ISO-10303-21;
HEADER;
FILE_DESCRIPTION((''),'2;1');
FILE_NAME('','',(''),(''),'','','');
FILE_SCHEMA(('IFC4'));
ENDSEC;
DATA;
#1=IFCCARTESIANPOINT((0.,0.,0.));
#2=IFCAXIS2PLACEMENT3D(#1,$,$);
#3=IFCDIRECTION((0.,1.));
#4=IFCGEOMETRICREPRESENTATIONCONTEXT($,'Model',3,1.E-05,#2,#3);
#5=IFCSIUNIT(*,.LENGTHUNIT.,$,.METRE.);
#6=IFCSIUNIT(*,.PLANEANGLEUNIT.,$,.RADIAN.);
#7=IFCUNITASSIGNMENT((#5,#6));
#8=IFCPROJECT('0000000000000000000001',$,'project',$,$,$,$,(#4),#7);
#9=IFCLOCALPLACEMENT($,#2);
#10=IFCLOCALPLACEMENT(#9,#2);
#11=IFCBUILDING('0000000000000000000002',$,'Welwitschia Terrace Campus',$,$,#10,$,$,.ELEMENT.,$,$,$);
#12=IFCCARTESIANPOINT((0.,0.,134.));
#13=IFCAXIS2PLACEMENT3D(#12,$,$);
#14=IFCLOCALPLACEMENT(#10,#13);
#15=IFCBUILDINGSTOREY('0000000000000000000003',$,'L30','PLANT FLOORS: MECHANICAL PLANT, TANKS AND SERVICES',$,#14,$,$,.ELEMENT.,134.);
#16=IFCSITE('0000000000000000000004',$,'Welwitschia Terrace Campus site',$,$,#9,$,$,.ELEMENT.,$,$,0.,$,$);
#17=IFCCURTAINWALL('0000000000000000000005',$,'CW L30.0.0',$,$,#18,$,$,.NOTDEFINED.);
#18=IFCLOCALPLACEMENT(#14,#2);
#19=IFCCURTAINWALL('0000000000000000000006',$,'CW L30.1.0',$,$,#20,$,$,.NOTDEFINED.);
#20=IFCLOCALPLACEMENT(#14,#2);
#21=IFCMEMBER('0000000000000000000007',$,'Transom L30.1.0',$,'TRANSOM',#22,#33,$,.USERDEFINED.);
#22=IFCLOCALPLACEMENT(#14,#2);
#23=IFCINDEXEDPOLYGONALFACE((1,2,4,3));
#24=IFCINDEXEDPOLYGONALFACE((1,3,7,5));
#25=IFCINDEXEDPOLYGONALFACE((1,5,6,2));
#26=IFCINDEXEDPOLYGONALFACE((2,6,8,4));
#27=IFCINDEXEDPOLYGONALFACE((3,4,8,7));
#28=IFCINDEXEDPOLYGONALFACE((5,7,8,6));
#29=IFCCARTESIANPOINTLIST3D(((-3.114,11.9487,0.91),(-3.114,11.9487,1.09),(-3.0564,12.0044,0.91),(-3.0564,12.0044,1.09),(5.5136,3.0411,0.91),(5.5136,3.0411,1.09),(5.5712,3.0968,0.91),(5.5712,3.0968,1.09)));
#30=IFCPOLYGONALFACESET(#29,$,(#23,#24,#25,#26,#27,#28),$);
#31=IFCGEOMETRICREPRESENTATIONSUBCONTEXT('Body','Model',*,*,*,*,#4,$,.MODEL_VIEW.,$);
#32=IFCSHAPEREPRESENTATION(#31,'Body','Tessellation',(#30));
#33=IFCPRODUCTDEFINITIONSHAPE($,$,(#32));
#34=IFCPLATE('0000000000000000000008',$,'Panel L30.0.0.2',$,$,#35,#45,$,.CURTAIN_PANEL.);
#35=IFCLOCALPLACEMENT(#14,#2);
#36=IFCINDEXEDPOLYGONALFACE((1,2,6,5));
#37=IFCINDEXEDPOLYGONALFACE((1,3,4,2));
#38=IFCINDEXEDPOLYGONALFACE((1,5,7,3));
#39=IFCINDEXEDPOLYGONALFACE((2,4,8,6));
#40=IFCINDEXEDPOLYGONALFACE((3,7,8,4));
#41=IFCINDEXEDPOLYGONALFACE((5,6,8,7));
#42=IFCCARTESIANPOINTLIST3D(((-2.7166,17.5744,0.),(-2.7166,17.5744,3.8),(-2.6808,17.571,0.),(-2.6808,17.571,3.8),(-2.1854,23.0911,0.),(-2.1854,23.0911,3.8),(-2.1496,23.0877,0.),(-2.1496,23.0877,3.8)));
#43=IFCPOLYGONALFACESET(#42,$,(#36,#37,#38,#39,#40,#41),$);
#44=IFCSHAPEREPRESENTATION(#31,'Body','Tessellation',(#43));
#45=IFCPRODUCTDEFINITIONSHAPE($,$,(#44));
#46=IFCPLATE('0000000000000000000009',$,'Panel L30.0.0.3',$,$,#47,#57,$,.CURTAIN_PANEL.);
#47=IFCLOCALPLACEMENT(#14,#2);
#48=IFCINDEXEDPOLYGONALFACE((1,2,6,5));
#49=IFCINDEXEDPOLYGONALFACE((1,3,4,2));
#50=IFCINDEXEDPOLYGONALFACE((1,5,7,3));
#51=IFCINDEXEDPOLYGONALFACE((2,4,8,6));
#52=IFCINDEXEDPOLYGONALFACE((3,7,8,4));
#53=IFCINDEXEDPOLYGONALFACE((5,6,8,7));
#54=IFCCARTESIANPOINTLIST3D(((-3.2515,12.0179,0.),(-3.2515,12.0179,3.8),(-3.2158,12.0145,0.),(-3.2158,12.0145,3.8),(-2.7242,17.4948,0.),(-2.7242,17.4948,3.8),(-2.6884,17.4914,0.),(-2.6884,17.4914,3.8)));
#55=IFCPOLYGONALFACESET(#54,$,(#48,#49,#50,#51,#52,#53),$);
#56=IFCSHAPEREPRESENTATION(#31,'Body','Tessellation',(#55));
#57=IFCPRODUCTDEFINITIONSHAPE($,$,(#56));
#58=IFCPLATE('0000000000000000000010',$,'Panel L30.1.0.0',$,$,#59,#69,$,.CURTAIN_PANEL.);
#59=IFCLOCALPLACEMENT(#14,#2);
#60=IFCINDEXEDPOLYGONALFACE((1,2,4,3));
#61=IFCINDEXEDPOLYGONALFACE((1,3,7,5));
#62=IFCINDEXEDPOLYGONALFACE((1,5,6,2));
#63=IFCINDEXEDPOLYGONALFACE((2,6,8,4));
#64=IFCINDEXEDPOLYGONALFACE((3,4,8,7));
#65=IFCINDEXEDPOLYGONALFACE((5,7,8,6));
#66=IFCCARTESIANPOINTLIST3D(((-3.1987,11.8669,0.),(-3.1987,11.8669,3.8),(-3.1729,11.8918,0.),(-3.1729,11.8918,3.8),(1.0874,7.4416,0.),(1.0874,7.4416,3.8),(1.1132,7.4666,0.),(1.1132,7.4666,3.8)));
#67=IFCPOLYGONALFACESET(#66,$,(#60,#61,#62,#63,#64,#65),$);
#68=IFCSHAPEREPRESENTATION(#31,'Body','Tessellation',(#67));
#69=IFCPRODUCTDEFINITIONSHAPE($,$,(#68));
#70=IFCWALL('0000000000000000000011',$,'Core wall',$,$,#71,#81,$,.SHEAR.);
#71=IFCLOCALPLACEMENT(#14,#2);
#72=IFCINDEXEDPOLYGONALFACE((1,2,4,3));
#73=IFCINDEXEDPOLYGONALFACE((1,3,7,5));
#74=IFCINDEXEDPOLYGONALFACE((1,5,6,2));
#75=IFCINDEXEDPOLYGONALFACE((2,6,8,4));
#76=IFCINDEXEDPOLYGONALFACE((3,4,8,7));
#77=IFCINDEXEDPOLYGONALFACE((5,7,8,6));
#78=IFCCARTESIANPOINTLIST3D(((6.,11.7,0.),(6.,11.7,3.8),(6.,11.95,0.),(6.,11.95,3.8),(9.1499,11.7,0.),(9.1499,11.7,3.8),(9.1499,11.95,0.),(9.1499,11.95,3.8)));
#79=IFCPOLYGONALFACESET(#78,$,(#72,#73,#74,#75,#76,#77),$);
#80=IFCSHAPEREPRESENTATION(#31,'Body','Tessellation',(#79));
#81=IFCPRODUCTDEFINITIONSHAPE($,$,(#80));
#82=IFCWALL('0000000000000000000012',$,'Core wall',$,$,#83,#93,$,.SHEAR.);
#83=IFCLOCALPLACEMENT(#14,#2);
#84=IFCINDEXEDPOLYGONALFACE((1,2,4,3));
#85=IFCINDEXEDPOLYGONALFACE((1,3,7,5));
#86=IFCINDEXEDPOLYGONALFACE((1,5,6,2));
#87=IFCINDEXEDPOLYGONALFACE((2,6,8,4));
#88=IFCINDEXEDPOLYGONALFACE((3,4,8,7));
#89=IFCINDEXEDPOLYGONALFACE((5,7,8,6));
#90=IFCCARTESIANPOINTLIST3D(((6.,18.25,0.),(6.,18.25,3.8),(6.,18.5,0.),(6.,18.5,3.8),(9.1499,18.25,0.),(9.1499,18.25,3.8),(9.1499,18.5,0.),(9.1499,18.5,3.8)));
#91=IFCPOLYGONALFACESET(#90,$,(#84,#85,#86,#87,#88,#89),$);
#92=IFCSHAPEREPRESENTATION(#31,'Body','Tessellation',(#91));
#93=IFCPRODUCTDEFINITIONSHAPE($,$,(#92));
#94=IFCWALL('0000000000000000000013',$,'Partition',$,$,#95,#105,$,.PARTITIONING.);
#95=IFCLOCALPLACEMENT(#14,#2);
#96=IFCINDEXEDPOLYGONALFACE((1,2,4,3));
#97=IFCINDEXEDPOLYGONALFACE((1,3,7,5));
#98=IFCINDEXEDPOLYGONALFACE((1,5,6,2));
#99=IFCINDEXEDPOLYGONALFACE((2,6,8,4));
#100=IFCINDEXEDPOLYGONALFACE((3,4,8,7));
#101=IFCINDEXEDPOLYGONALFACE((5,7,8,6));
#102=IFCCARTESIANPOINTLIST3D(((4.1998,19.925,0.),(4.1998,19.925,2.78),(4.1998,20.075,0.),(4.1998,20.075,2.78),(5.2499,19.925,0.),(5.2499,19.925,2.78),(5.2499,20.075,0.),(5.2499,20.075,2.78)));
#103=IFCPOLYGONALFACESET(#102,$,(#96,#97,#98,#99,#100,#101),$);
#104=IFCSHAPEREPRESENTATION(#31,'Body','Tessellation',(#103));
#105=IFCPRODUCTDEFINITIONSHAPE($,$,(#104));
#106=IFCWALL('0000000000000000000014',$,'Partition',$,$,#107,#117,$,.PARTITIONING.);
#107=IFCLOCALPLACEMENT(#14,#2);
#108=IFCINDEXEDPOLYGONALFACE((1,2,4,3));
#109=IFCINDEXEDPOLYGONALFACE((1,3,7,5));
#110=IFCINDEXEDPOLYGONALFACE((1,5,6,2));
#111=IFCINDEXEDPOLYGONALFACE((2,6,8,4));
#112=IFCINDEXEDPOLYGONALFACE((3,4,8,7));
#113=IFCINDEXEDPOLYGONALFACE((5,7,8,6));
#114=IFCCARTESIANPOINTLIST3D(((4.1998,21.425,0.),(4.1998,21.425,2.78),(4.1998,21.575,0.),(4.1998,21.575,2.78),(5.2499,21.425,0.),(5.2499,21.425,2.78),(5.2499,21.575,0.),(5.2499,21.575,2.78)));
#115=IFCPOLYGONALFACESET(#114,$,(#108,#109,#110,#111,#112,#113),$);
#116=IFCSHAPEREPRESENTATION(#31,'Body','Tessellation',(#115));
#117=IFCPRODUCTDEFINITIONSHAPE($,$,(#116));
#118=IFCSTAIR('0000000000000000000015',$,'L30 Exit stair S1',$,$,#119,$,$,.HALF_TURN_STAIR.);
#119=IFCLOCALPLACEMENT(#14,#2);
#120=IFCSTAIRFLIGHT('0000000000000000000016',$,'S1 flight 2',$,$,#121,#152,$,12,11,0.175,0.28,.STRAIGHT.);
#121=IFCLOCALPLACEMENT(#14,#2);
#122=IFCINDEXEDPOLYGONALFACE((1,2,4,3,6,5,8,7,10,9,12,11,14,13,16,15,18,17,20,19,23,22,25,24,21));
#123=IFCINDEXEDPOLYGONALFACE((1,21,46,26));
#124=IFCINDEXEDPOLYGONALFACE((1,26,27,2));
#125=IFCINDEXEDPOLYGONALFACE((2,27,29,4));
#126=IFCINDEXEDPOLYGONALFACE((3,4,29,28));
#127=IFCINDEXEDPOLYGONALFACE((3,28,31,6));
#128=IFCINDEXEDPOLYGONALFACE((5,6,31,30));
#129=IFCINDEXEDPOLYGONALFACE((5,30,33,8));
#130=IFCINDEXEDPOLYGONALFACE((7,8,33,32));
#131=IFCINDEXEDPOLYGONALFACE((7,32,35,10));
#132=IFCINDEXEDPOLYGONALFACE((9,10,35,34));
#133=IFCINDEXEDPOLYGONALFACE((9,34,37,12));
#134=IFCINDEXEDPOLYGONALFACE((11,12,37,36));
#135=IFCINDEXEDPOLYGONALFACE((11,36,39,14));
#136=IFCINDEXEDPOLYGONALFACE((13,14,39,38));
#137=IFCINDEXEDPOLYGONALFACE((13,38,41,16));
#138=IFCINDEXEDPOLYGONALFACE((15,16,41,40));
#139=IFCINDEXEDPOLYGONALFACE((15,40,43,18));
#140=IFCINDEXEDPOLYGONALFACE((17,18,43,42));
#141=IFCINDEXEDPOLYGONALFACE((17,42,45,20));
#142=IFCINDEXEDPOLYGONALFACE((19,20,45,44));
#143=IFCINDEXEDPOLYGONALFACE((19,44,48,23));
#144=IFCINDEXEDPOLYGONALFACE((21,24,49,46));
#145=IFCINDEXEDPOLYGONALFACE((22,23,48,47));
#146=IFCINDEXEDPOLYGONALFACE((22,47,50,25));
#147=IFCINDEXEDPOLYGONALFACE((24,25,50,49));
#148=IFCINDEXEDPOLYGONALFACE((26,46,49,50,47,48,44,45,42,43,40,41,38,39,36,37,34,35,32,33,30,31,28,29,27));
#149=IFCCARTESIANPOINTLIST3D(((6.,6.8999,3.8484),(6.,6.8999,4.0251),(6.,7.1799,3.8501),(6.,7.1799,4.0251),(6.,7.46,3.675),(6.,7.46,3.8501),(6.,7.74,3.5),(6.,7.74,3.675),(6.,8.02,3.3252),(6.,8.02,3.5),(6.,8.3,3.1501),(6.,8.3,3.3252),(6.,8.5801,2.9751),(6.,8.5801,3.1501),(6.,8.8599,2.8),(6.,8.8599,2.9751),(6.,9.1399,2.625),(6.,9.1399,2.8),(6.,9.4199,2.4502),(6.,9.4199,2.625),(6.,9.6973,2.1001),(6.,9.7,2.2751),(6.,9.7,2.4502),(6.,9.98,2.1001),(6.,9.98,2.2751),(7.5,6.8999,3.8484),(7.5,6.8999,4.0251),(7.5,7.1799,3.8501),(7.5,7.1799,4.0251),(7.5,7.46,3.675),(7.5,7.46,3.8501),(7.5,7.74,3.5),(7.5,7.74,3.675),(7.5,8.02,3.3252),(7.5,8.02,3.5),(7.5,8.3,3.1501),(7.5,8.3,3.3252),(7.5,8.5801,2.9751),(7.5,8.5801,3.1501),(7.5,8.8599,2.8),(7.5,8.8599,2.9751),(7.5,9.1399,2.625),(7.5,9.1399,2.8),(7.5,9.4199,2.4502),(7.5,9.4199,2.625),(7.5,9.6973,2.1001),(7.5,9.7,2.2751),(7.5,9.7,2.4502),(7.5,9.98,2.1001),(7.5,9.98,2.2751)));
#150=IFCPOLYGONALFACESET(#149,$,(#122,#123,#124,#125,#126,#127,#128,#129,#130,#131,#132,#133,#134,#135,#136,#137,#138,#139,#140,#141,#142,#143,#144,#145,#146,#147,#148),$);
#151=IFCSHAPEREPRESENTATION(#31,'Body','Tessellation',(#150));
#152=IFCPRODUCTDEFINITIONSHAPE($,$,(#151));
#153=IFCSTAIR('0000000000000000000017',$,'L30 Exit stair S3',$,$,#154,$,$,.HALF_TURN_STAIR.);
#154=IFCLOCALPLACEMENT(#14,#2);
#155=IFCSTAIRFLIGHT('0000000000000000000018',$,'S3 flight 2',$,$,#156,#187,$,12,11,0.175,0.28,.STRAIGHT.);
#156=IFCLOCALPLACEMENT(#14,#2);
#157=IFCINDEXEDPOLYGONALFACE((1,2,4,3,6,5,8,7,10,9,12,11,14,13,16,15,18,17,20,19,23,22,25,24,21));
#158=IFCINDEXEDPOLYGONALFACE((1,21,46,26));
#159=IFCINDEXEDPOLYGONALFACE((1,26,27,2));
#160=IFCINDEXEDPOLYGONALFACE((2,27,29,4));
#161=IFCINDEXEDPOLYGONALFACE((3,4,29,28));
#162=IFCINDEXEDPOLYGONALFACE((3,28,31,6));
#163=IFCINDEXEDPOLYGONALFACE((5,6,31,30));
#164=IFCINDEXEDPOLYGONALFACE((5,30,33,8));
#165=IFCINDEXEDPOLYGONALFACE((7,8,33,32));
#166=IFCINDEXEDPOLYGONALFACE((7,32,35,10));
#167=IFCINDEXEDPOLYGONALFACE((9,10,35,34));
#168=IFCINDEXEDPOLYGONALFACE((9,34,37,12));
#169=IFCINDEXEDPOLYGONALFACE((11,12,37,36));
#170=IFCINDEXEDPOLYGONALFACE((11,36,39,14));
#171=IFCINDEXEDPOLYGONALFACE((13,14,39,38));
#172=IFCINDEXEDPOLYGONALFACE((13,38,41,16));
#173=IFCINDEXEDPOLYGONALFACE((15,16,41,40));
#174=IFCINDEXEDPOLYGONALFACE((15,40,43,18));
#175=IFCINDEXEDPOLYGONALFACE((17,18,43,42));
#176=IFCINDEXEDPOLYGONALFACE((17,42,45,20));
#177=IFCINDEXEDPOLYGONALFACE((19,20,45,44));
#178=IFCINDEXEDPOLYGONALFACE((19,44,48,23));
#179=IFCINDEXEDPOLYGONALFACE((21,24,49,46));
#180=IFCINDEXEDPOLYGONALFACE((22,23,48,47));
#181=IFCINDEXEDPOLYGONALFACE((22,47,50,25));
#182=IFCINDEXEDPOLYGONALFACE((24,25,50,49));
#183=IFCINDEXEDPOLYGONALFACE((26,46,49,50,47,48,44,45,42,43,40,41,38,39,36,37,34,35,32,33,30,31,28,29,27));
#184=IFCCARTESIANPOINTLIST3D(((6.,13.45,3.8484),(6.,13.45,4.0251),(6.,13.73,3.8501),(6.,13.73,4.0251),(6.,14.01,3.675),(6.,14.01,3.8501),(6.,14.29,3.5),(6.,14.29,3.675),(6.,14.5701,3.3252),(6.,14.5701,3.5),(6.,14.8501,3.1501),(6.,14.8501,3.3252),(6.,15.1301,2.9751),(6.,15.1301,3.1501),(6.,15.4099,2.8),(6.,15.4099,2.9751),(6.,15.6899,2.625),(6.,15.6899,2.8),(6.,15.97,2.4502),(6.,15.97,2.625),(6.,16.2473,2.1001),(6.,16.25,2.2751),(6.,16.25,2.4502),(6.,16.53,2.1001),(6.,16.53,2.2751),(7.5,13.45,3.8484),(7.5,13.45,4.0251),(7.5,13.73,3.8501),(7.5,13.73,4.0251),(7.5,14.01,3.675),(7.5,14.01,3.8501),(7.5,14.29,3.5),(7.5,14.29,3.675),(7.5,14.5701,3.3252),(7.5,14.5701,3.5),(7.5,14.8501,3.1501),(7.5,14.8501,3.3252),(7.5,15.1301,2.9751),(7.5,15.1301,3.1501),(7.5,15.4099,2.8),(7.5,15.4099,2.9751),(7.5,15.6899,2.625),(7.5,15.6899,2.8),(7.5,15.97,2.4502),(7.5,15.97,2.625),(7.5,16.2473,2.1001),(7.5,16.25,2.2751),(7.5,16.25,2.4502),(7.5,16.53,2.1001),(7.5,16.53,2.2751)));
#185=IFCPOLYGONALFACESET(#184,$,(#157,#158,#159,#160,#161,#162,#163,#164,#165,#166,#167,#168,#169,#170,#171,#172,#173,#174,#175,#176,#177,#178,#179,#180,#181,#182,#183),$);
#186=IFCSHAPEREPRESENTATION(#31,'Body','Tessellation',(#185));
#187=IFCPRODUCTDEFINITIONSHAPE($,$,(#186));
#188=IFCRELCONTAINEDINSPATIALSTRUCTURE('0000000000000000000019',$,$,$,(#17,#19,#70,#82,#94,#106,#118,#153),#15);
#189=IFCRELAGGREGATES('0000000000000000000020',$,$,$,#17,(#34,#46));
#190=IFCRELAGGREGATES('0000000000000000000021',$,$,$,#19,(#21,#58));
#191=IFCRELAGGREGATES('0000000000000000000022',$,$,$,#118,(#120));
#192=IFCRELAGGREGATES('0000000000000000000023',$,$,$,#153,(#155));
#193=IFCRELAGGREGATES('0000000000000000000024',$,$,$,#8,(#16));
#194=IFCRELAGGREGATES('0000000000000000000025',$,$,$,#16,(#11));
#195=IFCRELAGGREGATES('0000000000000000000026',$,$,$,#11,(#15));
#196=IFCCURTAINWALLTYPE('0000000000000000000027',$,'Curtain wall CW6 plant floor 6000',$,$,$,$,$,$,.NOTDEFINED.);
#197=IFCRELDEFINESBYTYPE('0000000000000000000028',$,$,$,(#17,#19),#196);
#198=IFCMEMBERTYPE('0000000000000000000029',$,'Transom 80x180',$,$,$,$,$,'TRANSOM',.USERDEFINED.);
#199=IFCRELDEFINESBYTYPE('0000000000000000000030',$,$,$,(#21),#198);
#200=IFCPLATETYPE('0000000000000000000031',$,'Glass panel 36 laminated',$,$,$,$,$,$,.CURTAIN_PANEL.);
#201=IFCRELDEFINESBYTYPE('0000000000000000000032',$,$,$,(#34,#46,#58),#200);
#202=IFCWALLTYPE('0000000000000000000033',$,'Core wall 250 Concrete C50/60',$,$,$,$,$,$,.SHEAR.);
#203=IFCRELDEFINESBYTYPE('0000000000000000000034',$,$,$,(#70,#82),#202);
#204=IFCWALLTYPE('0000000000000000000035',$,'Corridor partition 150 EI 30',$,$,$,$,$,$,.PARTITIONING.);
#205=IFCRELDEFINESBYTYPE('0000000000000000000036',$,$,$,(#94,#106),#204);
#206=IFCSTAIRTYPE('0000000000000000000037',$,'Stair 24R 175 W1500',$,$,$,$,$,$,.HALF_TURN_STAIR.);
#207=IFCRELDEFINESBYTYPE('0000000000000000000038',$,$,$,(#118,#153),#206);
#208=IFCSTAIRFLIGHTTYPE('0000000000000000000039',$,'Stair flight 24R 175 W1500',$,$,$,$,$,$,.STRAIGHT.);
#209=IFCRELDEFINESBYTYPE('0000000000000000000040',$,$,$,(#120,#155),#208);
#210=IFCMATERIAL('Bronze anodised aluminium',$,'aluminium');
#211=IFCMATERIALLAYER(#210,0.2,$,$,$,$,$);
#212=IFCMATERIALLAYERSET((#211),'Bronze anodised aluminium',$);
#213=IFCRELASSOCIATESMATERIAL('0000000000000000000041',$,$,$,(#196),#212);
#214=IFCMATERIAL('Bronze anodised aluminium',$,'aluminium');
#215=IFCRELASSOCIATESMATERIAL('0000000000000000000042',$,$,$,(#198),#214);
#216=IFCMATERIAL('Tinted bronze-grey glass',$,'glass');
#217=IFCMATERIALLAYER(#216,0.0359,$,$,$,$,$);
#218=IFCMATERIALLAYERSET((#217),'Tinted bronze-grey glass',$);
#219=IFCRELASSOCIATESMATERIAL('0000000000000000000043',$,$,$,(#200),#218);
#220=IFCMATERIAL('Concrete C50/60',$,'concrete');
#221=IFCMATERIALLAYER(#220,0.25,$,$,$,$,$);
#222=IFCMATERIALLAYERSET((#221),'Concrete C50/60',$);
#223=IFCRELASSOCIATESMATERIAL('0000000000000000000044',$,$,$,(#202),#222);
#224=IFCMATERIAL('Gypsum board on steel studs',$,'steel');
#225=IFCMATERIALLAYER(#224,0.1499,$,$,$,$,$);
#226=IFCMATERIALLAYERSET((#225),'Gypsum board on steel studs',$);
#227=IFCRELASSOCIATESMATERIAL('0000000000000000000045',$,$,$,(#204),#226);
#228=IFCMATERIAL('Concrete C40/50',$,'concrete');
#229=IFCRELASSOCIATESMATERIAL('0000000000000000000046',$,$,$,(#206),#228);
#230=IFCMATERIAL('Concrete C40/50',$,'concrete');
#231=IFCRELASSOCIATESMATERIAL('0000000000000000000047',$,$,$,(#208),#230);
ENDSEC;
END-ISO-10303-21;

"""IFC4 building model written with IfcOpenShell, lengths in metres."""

from ifc_helpers import new_model, si_unit, direction, frame, frame_2d, origin, origin_2d, place, context, subcontext, project, spatial, polyline, rectangle, outline, extrude, material, layer, layer_set, material_profile, profile_set, type_object, element, aggregate, save


model = new_model("IFC4")

# Units and contexts
model_context = context("Model", 3, precision=1e-05, world=origin(), true_north=direction((0.0, 1.0)))
body_context = subcontext(model_context, "Body", "Model", "MODEL_VIEW")
ifc_project = project(units=[si_unit("LENGTHUNIT", "METRE"), si_unit("PLANEANGLEUNIT", "RADIAN")], contexts=[model_context])

# Site, building, storey
site_placement = place(None, origin())
site = spatial("IfcSite", under=ifc_project, at=site_placement, Name="Welwitschia Terrace Campus site", CompositionType="ELEMENT", RefElevation=0.0)
building_placement = place(site_placement, origin())
building = spatial("IfcBuilding", under=site, at=building_placement, Name="Welwitschia Terrace Campus", CompositionType="ELEMENT")
storey_placement = place(building_placement, frame((0.0, 0.0, 134.0)))
storey = spatial("IfcBuildingStorey", under=building, at=storey_placement, Name="L30", Description="PLANT FLOORS: MECHANICAL PLANT, TANKS AND SERVICES", CompositionType="ELEMENT", Elevation=134.0)

# Curtain walls
ifc_material_1 = material(Name="Bronze anodised aluminium", Category="aluminium")
ifc_layer_1 = layer(ifc_material_1, 0.2)
ifc_layer_set_1 = layer_set([ifc_layer_1], Name="Bronze anodised aluminium")
curtain_wall_type = type_object("IfcCurtainWallType", Name="Curtain wall CW6 plant floor 6000", PredefinedType="NOTDEFINED", material=ifc_layer_set_1)
curtain_wall_1_placement = place(storey_placement, origin())
curtain_wall_1 = element("IfcCurtainWall", 1, at=curtain_wall_1_placement, inside=storey, type_object=curtain_wall_type, Name="CW L30.0.0", PredefinedType="NOTDEFINED")
curtain_wall_2_placement = place(storey_placement, origin())
curtain_wall_2 = element("IfcCurtainWall", 2, at=curtain_wall_2_placement, inside=storey, type_object=curtain_wall_type, Name="CW L30.1.0", PredefinedType="NOTDEFINED")

# Member
ifc_material_2 = material(Name="Bronze anodised aluminium", Category="aluminium")
ifc_material_profile_1 = material_profile(ifc_material_2, rectangle(XDim=0.0801, YDim=0.1799, at=origin_2d()))
ifc_profile_set_1 = profile_set([ifc_material_profile_1], Name="Bronze anodised aluminium")
member_type_1 = type_object("IfcMemberType", Name="Transom 80x180", ElementType="TRANSOM", PredefinedType="USERDEFINED", material=ifc_profile_set_1)
member_1_placement = place(storey_placement, frame((-3.0852, 11.9766, 1.0), z_axis=(0.695726, -0.718307, 0.0), x_axis=(0.718307, 0.695726, 0.0)))
member_1 = element("IfcMember", 3, at=member_1_placement, type_object=member_type_1, Name="Transom L30.1.0", ObjectType="TRANSOM", PredefinedType="USERDEFINED", context=body_context, shape_type="SweptSolid", body=[
    extrude(rectangle(XDim=0.0801, YDim=0.1799, at=origin_2d()), origin(), (0.0, 0.0, 1.0), 12.4009),
])

# Plates
ifc_material_3 = material(Name="Tinted bronze-grey glass", Category="glass")
ifc_layer_2 = layer(ifc_material_3, 0.0359)
ifc_layer_set_2 = layer_set([ifc_layer_2], Name="Tinted bronze-grey glass")
plate_type = type_object("IfcPlateType", Name="Glass panel 36 laminated", PredefinedType="CURTAIN_PANEL", material=ifc_layer_set_2)
plate_1_placement = place(storey_placement, frame((-2.4331, 20.3311, 0.0), z_axis=(0.0, 0.0, 1.0), x_axis=(-0.095846, -0.995396, 0.0)))
plate_1 = element("IfcPlate", 4, at=plate_1_placement, type_object=plate_type, Name="Panel L30.0.0.2", PredefinedType="CURTAIN_PANEL", context=body_context, shape_type="SweptSolid", body=[
    extrude(rectangle(XDim=5.5422, YDim=0.0359, at=origin_2d()), origin(), (0.0, 0.0, 1.0), 3.8),
])
plate_2_placement = place(storey_placement, frame((-2.97, 14.7546, 0.0), z_axis=(0.0, 0.0, 1.0), x_axis=(-0.095846, -0.995396, 0.0)))
plate_2 = element("IfcPlate", 5, at=plate_2_placement, type_object=plate_type, Name="Panel L30.0.0.3", PredefinedType="CURTAIN_PANEL", context=body_context, shape_type="SweptSolid", body=[
    extrude(rectangle(XDim=5.5022, YDim=0.0359, at=origin_2d()), origin(), (0.0, 0.0, 1.0), 3.8),
])
aggregate(curtain_wall_1, [plate_1, plate_2])
plate_3_placement = place(storey_placement, frame((-1.0427, 9.6667, 0.0), z_axis=(0.0, 0.0, 1.0), x_axis=(0.695727, -0.718306, 0.0)))
plate_3 = element("IfcPlate", 6, at=plate_3_placement, type_object=plate_type, Name="Panel L30.1.0.0", PredefinedType="CURTAIN_PANEL", context=body_context, shape_type="SweptSolid", body=[
    extrude(rectangle(XDim=6.1606, YDim=0.0359, at=origin_2d()), origin(), (0.0, 0.0, 1.0), 3.8),
])
aggregate(curtain_wall_2, [member_1, plate_3])

# Walls
ifc_material_4 = material(Name="Concrete C50/60", Category="concrete")
ifc_layer_3 = layer(ifc_material_4, 0.25)
ifc_layer_set_3 = layer_set([ifc_layer_3], Name="Concrete C50/60")
wall_type_1 = type_object("IfcWallType", Name="Core wall 250 Concrete C50/60", PredefinedType="SHEAR", material=ifc_layer_set_3)
for number, where, z_axis, x_axis, name in (
    (7, (6.0, 11.825, 0.0), (0.0, 0.0, 1.0), (1.0, 0.0, 0.0), "Core wall"),
    (8, (6.0, 18.375, 0.0), (0.0, 0.0, 1.0), (1.0, 0.0, 0.0), "Core wall"),
):
    element("IfcWall", number, at=place(storey_placement, frame(where, z_axis=z_axis, x_axis=x_axis)), inside=storey, type_object=wall_type_1, Name=name, PredefinedType="SHEAR", context=body_context, shape_type="SweptSolid", body=[
        extrude(rectangle(XDim=3.1499, YDim=0.25, at=frame_2d((1.575, 0.0))), origin(), (0.0, 0.0, 1.0), 3.8),
    ])
ifc_material_5 = material(Name="Gypsum board on steel studs", Category="steel")
ifc_layer_4 = layer(ifc_material_5, 0.1499)
ifc_layer_set_4 = layer_set([ifc_layer_4], Name="Gypsum board on steel studs")
wall_type_2 = type_object("IfcWallType", Name="Corridor partition 150 EI 30", PredefinedType="PARTITIONING", material=ifc_layer_set_4)
for number, where, z_axis, x_axis, name in (
    (9, (4.2, 20.0, 0.0), (0.0, 0.0, 1.0), (1.0, 0.0, 0.0), "Partition"),
    (10, (4.2, 21.5, 0.0), (0.0, 0.0, 1.0), (1.0, 0.0, 0.0), "Partition"),
):
    element("IfcWall", number, at=place(storey_placement, frame(where, z_axis=z_axis, x_axis=x_axis)), inside=storey, type_object=wall_type_2, Name=name, PredefinedType="PARTITIONING", context=body_context, shape_type="SweptSolid", body=[
        extrude(rectangle(XDim=1.05, YDim=0.1499, at=frame_2d((0.5249, 0.0))), origin(), (0.0, 0.0, 1.0), 2.78),
    ])

# Stairs, stair flights
ifc_material_6 = material(Name="Concrete C40/50", Category="concrete")
stair_type = type_object("IfcStairType", Name="Stair 24R 175 W1500", PredefinedType="HALF_TURN_STAIR", material=ifc_material_6)
stair_1_placement = place(storey_placement, origin())
stair_1 = element("IfcStair", 11, at=stair_1_placement, inside=storey, type_object=stair_type, Name="L30 Exit stair S1", PredefinedType="HALF_TURN_STAIR")
ifc_material_7 = material(Name="Concrete C40/50", Category="concrete")
stair_flight_type = type_object("IfcStairFlightType", Name="Stair flight 24R 175 W1500", PredefinedType="STRAIGHT", material=ifc_material_7)
stair_flight_1_placement = place(storey_placement, frame((6.75, 9.98, 2.1001), z_axis=(0.0, 0.0, 1.0), x_axis=(0.0, -1.0, 0.0)))
stair_flight_1 = element("IfcStairFlight", 12, at=stair_flight_1_placement, type_object=stair_flight_type, Name="S1 flight 2", NumberOfRisers=12, NumberOfTreads=11, PredefinedType="STRAIGHT", RiserHeight=0.175, TreadLength=0.28, context=body_context, shape_type="SweptSolid", body=[
    extrude(outline(polyline([(0.0, 0.0), (0.0, 0.175), (0.28, 0.175), (0.28, 0.3501), (0.5601, 0.3501), (0.5601, 0.5249), (0.8401, 0.5249), (0.8401, 0.7), (1.1201, 0.7), (1.1201, 0.875), (1.3999, 0.875), (1.3999, 1.05), (1.6799, 1.05), (1.6799, 1.2251), (1.96, 1.2251), (1.96, 1.3999), (2.24, 1.3999), (2.24, 1.575), (2.52, 1.575), (2.52, 1.75), (2.8, 1.75), (2.8, 1.925), (3.0801, 1.925), (3.0801, 2.1001), (3.0801, 1.7483), (0.2827, 0.0), (0.0, 0.0)])), frame((0.0, 0.75, 0.0), z_axis=(0.0, -1.0, 0.0), x_axis=(1.0, 0.0, 0.0)), (0.0, 0.0, 1.0), 1.5),
])
aggregate(stair_1, [stair_flight_1])
stair_2_placement = place(storey_placement, origin())
stair_2 = element("IfcStair", 13, at=stair_2_placement, inside=storey, type_object=stair_type, Name="L30 Exit stair S3", PredefinedType="HALF_TURN_STAIR")
stair_flight_2_placement = place(storey_placement, frame((6.75, 16.53, 2.1001), z_axis=(0.0, 0.0, 1.0), x_axis=(0.0, -1.0, 0.0)))
stair_flight_2 = element("IfcStairFlight", 14, at=stair_flight_2_placement, type_object=stair_flight_type, Name="S3 flight 2", NumberOfRisers=12, NumberOfTreads=11, PredefinedType="STRAIGHT", RiserHeight=0.175, TreadLength=0.28, context=body_context, shape_type="SweptSolid", body=[
    extrude(outline(polyline([(0.0, 0.0), (0.0, 0.175), (0.28, 0.175), (0.28, 0.3501), (0.5601, 0.3501), (0.5601, 0.5249), (0.8401, 0.5249), (0.8401, 0.7), (1.1201, 0.7), (1.1201, 0.875), (1.3999, 0.875), (1.3999, 1.05), (1.6799, 1.05), (1.6799, 1.2251), (1.96, 1.2251), (1.96, 1.3999), (2.24, 1.3999), (2.24, 1.575), (2.52, 1.575), (2.52, 1.75), (2.8, 1.75), (2.8, 1.925), (3.0801, 1.925), (3.0801, 2.1001), (3.0801, 1.7483), (0.2827, 0.0), (0.0, 0.0)])), frame((0.0, 0.75, 0.0), z_axis=(0.0, -1.0, 0.0), x_axis=(1.0, 0.0, 0.0)), (0.0, 0.0, 1.0), 1.5),
])
aggregate(stair_2, [stair_flight_2])

save(model, "model.ifc")
